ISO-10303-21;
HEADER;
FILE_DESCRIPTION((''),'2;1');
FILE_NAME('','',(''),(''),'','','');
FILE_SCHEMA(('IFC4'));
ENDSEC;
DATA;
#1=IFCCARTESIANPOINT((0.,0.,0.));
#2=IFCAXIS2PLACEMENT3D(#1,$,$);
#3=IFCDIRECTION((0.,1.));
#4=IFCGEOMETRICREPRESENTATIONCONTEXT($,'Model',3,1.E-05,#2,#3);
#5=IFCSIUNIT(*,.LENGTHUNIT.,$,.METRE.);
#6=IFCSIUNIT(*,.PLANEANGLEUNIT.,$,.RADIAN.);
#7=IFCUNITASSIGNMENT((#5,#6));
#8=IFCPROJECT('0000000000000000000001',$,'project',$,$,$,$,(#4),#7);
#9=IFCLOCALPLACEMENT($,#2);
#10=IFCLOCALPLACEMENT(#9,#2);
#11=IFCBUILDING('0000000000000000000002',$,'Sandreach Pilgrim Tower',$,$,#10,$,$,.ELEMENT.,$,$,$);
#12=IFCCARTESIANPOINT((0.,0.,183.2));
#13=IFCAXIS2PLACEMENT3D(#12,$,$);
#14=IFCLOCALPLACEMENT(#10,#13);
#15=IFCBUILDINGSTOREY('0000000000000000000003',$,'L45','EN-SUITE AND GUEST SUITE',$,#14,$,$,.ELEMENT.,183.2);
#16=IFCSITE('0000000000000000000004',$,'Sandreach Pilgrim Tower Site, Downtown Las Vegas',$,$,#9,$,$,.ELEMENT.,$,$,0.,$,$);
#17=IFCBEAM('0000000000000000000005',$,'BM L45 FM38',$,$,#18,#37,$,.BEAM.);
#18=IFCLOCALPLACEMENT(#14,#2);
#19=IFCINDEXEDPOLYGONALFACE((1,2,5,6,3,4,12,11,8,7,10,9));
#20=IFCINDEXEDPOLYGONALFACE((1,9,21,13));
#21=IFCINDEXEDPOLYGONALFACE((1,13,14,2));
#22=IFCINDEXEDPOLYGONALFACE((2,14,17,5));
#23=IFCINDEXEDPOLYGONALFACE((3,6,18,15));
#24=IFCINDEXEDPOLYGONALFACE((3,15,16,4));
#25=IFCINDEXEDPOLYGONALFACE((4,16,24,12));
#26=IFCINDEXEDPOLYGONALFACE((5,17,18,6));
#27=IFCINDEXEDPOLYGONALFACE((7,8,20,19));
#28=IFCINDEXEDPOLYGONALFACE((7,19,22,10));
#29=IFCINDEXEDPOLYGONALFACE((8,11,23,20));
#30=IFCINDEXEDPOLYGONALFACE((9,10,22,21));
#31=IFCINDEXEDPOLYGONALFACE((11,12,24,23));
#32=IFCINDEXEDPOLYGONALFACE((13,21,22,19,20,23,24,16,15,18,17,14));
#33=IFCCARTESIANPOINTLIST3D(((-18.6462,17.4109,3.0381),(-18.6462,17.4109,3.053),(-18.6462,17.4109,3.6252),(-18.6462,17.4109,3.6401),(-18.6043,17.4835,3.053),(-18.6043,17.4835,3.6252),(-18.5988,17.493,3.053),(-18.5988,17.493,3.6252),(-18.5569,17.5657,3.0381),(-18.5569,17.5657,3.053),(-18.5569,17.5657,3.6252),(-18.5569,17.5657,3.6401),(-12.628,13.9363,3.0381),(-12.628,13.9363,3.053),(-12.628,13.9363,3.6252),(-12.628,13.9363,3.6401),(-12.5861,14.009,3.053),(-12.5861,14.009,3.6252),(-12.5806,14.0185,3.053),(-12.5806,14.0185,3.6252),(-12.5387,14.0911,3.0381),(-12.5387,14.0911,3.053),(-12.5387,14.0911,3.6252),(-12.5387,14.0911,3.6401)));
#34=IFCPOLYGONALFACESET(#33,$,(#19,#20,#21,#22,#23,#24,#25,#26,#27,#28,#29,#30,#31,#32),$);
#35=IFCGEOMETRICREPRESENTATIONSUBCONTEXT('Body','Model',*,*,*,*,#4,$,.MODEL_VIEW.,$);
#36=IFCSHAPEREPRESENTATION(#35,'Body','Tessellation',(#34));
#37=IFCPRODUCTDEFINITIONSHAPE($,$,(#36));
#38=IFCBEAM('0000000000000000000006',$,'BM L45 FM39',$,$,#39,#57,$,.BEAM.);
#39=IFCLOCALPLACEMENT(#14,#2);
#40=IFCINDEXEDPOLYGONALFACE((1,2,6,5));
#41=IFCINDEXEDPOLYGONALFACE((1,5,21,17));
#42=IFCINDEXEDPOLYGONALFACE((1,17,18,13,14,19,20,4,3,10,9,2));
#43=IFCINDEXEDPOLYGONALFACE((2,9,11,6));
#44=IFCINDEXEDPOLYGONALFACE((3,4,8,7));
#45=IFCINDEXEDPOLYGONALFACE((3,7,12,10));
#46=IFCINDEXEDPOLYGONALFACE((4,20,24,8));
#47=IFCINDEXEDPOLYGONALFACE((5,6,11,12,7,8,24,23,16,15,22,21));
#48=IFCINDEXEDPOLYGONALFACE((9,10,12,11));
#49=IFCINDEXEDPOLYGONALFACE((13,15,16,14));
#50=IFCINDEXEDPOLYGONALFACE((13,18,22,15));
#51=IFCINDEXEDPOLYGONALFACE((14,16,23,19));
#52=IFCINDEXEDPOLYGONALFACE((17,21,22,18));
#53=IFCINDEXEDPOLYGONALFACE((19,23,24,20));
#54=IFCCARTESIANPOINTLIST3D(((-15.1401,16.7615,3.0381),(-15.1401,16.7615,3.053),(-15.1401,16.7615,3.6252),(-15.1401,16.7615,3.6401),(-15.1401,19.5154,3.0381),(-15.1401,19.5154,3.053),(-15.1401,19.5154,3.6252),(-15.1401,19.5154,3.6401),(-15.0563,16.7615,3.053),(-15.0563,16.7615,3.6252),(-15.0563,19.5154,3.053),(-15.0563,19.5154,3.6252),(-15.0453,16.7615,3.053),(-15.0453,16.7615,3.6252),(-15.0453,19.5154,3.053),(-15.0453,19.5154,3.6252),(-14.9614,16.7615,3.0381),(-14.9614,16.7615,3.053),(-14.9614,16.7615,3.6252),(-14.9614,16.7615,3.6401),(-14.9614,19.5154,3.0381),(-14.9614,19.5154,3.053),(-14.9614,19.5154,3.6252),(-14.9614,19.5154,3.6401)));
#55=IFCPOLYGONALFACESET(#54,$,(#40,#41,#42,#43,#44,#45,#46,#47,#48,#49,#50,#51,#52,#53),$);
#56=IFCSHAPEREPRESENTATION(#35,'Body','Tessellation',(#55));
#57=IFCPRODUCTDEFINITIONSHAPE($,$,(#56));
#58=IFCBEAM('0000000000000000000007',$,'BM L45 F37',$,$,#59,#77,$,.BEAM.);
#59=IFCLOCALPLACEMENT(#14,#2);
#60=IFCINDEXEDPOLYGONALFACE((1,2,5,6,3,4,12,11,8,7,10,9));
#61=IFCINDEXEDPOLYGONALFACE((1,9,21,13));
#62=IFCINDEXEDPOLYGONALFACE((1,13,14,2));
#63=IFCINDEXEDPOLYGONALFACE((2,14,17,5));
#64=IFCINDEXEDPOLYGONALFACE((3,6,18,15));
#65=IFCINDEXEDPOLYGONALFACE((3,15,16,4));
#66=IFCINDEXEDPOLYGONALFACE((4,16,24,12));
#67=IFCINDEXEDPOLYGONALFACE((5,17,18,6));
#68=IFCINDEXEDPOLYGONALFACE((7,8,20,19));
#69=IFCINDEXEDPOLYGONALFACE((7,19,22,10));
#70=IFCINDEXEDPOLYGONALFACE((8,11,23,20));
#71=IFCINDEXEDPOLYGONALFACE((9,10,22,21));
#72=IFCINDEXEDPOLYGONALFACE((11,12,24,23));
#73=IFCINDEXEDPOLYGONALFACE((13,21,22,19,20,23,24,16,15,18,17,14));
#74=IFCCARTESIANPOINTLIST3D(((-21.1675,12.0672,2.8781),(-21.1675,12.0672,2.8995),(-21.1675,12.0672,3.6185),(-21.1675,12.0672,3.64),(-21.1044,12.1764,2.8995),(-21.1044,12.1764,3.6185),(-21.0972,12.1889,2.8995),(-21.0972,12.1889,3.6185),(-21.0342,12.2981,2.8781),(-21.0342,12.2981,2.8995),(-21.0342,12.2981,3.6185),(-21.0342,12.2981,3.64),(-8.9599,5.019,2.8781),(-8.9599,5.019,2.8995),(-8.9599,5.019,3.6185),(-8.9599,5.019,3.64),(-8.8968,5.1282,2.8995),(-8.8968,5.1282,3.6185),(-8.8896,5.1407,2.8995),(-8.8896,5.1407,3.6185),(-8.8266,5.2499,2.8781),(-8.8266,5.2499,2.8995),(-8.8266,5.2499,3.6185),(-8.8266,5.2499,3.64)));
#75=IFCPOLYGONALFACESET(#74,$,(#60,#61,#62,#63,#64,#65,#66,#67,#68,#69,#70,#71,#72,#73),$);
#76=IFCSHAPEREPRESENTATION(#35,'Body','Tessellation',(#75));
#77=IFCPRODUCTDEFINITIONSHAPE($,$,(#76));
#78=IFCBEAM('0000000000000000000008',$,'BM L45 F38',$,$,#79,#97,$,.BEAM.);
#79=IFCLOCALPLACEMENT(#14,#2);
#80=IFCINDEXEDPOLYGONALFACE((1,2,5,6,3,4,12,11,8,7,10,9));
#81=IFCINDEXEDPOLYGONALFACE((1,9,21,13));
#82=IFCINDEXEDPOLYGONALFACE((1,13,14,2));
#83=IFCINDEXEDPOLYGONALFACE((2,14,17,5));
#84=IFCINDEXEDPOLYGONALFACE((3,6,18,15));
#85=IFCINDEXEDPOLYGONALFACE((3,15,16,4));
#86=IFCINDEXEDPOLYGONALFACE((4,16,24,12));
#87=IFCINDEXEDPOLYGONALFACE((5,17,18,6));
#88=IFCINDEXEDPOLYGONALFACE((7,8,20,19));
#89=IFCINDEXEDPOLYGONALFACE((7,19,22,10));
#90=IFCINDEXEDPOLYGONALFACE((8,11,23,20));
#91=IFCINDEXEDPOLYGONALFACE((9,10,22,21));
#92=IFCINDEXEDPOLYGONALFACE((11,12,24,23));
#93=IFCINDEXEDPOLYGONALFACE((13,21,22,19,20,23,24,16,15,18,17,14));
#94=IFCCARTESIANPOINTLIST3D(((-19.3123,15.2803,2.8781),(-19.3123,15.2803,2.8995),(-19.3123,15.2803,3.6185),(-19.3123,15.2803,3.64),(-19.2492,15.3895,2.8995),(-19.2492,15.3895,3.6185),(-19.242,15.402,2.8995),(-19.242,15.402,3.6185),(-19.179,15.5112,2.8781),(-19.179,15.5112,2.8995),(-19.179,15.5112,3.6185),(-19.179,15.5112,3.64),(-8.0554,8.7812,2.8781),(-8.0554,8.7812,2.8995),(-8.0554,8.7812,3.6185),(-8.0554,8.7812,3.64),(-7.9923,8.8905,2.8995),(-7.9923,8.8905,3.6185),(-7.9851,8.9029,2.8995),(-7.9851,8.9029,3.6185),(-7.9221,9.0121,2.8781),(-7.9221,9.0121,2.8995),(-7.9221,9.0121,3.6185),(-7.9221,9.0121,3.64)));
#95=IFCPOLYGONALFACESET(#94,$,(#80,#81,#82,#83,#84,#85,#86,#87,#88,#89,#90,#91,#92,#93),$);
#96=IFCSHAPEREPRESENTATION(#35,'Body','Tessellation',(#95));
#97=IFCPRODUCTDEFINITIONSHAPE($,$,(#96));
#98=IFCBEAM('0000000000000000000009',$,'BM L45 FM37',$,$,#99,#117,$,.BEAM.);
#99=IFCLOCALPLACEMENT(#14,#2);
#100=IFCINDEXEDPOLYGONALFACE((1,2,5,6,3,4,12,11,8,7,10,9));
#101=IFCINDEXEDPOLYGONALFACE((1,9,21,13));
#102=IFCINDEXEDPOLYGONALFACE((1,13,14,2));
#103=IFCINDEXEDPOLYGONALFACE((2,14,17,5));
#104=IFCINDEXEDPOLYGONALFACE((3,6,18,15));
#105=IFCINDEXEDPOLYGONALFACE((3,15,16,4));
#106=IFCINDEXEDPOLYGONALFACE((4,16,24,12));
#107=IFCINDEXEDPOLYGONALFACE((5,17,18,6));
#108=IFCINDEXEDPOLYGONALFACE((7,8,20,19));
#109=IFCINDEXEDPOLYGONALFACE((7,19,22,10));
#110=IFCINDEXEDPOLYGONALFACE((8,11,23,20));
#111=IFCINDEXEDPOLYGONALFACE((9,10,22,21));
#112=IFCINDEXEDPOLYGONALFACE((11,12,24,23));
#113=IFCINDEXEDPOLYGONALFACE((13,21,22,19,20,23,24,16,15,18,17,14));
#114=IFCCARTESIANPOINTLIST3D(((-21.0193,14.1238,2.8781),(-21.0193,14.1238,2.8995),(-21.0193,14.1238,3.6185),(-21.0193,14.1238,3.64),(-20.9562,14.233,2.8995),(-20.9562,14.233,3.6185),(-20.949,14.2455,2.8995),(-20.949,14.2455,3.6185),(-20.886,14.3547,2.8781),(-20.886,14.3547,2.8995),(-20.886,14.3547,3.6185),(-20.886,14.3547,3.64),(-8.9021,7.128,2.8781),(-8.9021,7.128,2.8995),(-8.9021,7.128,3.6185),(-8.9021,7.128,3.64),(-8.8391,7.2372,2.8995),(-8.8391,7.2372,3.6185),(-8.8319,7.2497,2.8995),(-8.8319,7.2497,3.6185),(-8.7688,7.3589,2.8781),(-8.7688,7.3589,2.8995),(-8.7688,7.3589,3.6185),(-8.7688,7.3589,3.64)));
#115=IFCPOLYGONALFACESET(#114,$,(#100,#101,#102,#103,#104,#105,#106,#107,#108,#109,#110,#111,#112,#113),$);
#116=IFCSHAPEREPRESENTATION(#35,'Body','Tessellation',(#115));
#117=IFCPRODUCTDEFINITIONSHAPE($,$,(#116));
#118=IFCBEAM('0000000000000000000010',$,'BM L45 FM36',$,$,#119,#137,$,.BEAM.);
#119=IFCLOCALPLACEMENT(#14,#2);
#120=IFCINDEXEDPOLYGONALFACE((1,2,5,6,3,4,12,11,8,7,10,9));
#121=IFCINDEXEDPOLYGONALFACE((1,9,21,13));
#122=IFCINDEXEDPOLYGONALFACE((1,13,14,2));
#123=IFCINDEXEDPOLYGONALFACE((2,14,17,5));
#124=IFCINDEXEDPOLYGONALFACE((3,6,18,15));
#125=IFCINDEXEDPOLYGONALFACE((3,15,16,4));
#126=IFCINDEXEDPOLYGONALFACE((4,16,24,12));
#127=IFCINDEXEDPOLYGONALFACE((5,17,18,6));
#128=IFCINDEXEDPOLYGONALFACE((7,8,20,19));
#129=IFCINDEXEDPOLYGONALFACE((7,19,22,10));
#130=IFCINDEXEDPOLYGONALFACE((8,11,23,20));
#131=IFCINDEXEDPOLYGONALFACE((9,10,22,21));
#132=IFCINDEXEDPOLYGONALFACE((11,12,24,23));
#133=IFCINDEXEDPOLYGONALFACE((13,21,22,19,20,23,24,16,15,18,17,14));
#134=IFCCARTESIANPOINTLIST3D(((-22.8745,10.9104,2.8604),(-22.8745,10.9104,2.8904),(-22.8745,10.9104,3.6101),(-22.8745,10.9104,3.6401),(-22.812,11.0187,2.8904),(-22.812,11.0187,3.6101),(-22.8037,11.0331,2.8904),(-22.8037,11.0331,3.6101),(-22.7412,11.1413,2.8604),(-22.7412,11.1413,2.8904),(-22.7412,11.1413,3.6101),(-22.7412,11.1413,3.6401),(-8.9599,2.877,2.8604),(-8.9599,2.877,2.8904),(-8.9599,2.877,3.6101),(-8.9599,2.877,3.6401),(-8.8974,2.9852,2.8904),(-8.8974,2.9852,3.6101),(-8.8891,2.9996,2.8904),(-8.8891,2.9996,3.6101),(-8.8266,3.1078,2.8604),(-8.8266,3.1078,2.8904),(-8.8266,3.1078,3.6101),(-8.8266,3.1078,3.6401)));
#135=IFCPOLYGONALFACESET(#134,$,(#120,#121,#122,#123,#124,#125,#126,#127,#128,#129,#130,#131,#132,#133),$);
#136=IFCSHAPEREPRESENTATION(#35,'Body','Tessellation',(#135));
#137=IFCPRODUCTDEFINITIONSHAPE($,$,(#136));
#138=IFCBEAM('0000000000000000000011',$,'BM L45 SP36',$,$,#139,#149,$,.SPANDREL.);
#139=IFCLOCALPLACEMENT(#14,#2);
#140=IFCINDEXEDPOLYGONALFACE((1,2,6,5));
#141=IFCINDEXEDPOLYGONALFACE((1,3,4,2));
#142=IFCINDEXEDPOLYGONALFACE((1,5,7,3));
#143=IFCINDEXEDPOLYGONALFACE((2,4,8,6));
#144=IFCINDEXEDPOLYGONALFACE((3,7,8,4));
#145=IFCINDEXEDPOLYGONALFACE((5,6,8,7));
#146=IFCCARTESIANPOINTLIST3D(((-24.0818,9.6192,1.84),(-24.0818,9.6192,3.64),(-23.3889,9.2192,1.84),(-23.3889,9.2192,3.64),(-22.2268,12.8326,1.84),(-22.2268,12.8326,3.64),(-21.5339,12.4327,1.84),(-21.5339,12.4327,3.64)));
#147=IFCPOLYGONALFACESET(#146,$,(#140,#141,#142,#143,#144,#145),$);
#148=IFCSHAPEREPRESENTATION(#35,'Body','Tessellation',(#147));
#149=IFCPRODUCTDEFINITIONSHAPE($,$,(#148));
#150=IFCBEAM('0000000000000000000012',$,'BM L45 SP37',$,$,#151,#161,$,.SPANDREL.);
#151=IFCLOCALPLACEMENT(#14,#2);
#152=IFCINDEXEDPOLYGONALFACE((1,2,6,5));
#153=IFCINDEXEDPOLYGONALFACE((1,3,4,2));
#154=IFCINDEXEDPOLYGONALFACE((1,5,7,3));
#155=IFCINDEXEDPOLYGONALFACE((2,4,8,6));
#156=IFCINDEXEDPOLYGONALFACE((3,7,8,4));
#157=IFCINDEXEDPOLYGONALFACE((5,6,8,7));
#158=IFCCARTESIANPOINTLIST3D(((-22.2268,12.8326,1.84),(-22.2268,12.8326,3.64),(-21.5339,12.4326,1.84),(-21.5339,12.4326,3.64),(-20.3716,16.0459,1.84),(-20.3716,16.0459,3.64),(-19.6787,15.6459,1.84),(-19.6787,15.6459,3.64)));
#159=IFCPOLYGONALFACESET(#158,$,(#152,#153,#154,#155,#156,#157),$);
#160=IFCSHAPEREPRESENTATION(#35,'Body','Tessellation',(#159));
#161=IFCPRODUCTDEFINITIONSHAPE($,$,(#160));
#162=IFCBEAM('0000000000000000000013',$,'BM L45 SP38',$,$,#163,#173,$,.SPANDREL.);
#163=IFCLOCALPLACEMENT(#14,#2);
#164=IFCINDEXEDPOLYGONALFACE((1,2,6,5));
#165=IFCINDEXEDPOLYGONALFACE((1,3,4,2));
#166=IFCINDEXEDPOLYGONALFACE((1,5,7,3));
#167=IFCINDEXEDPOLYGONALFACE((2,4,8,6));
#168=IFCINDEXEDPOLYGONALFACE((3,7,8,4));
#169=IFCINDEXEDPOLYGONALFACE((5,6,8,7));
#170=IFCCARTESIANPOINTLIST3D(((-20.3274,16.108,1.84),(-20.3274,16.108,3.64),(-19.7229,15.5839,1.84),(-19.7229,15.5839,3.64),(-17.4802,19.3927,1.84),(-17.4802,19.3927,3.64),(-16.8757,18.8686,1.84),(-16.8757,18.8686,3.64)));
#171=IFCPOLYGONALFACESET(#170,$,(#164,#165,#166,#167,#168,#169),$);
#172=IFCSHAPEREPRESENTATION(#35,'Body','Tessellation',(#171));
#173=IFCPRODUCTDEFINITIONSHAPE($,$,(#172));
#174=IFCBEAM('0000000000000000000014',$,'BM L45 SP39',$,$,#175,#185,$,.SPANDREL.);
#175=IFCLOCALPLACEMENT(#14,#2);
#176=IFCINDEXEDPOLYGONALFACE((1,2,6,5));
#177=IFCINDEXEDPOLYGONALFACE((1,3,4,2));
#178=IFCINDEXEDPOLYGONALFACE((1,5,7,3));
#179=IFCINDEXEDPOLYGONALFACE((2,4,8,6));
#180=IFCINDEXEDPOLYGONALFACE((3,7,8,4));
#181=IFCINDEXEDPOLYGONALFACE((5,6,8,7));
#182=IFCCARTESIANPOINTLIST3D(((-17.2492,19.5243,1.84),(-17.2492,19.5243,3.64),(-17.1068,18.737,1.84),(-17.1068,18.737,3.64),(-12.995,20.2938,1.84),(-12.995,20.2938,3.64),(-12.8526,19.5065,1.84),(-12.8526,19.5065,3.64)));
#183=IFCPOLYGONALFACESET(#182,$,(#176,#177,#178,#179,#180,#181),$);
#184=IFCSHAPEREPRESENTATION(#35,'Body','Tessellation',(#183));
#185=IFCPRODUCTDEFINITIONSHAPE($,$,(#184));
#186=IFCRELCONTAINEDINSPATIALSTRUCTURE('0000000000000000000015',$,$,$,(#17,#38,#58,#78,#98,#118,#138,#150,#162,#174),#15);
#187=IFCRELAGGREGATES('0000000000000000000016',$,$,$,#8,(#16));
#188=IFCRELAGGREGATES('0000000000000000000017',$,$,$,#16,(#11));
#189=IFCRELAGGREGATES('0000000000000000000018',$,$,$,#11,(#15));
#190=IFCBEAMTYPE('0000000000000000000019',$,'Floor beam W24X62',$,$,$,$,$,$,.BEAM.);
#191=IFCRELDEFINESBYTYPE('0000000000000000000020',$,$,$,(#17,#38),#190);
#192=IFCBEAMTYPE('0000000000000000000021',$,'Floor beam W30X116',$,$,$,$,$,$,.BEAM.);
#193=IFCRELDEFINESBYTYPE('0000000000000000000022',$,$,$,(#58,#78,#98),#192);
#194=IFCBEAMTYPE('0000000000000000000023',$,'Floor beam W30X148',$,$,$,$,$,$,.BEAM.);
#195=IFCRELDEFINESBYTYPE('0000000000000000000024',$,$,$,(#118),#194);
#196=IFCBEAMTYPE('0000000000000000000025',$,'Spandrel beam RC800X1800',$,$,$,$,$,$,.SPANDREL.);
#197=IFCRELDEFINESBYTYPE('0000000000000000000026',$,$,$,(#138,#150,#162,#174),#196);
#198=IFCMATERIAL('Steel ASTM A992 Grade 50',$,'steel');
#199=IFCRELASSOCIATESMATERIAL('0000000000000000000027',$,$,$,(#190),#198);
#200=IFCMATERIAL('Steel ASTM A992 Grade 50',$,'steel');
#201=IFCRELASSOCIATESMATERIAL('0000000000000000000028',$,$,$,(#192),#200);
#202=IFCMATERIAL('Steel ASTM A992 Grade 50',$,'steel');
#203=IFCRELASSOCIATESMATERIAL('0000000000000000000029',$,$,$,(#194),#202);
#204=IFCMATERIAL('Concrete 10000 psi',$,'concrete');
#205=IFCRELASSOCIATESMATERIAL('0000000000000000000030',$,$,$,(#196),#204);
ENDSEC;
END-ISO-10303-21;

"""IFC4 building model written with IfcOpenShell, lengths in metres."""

from ifc_helpers import new_model, si_unit, direction, frame, origin, origin_2d, place, context, subcontext, project, spatial, rectangle, i_section, extrude, material, material_profile, profile_set, type_object, element, save


model = new_model("IFC4")

# Units and contexts
model_context = context("Model", 3, precision=1e-05, world=origin(), true_north=direction((0.0, 1.0)))
body_context = subcontext(model_context, "Body", "Model", "MODEL_VIEW")
ifc_project = project(units=[si_unit("LENGTHUNIT", "METRE"), si_unit("PLANEANGLEUNIT", "RADIAN")], contexts=[model_context])

# Site, building, storey
site_placement = place(None, origin())
site = spatial("IfcSite", under=ifc_project, at=site_placement, Name="Sandreach Pilgrim Tower Site, Downtown Las Vegas", CompositionType="ELEMENT", RefElevation=0.0)
building_placement = place(site_placement, origin())
building = spatial("IfcBuilding", under=site, at=building_placement, Name="Sandreach Pilgrim Tower", CompositionType="ELEMENT")
storey_placement = place(building_placement, frame((0.0, 0.0, 183.2)))
storey = spatial("IfcBuildingStorey", under=building, at=storey_placement, Name="L45", Description="EN-SUITE AND GUEST SUITE", CompositionType="ELEMENT", Elevation=183.2)

# Beams
ifc_material_1 = material(Name="Steel ASTM A992 Grade 50", Category="steel")
ifc_material_profile_1 = material_profile(ifc_material_1, i_section(OverallWidth=0.1787, OverallDepth=0.6021, WebThickness=0.011, FlangeThickness=0.0149, at=origin_2d()), Name="W24X62")
ifc_profile_set_1 = profile_set([ifc_material_profile_1], Name="Steel ASTM A992 Grade 50")
beam_type_1 = type_object("IfcBeamType", Name="Floor beam W24X62", PredefinedType="BEAM", material=ifc_profile_set_1)
beam_1_placement = place(storey_placement, frame((-18.6016, 17.4883, 3.3391), z_axis=(0.866029, -0.499993, 0.0), x_axis=(0.499993, 0.866029, 0.0)))
element("IfcBeam", 1, at=beam_1_placement, inside=storey, type_object=beam_type_1, Name="BM L45 FM38", PredefinedType="BEAM", context=body_context, shape_type="SweptSolid", body=[
    extrude(i_section(OverallWidth=0.1787, OverallDepth=0.6021, WebThickness=0.011, FlangeThickness=0.0149, at=origin_2d()), origin(), (0.0, 0.0, 1.0), 6.9492),
])
beam_2_placement = place(storey_placement, frame((-15.0508, 19.5154, 3.3391), z_axis=(0.0, -1.0, 0.0), x_axis=(1.0, 0.0, 0.0)))
element("IfcBeam", 2, at=beam_2_placement, inside=storey, type_object=beam_type_1, Name="BM L45 FM39", PredefinedType="BEAM", context=body_context, shape_type="SweptSolid", body=[
    extrude(i_section(OverallWidth=0.1787, OverallDepth=0.6021, WebThickness=0.011, FlangeThickness=0.0149, at=origin_2d()), origin(), (0.0, 0.0, 1.0), 2.7539),
])
ifc_material_2 = material(Name="Steel ASTM A992 Grade 50", Category="steel")
ifc_material_profile_2 = material_profile(ifc_material_2, i_section(OverallWidth=0.2666, OverallDepth=0.762, WebThickness=0.0144, FlangeThickness=0.0215, at=origin_2d()), Name="W30X116")
ifc_profile_set_2 = profile_set([ifc_material_profile_2], Name="Steel ASTM A992 Grade 50")
beam_type_2 = type_object("IfcBeamType", Name="Floor beam W30X116", PredefinedType="BEAM", material=ifc_profile_set_2)
beam_3_placement = place(storey_placement, frame((-21.1008, 12.1826, 3.259), z_axis=(0.866023, -0.500004, 0.0), x_axis=(0.500004, 0.866023, 0.0)))
element("IfcBeam", 3, at=beam_3_placement, inside=storey, type_object=beam_type_2, Name="BM L45 F37", PredefinedType="BEAM", context=body_context, shape_type="SweptSolid", body=[
    extrude(i_section(OverallWidth=0.2666, OverallDepth=0.762, WebThickness=0.0144, FlangeThickness=0.0215, at=origin_2d()), origin(), (0.0, 0.0, 1.0), 14.0962),
])
beam_4_placement = place(storey_placement, frame((-19.2456, 15.3958, 3.259), z_axis=(0.866029, -0.499993, 0.0), x_axis=(0.499993, 0.866029, 0.0)))
element("IfcBeam", 4, at=beam_4_placement, inside=storey, type_object=beam_type_2, Name="BM L45 F38", PredefinedType="BEAM", context=body_context, shape_type="SweptSolid", body=[
    extrude(i_section(OverallWidth=0.2666, OverallDepth=0.762, WebThickness=0.0144, FlangeThickness=0.0215, at=origin_2d()), origin(), (0.0, 0.0, 1.0), 12.9983),
])
beam_5_placement = place(storey_placement, frame((-20.9526, 14.2393, 3.259), z_axis=(0.866026, -0.499999, 0.0), x_axis=(0.499999, 0.866026, 0.0)))
element("IfcBeam", 5, at=beam_5_placement, inside=storey, type_object=beam_type_2, Name="BM L45 FM37", PredefinedType="BEAM", context=body_context, shape_type="SweptSolid", body=[
    extrude(i_section(OverallWidth=0.2666, OverallDepth=0.762, WebThickness=0.0144, FlangeThickness=0.0215, at=origin_2d()), origin(), (0.0, 0.0, 1.0), 13.9917),
])
ifc_material_3 = material(Name="Steel ASTM A992 Grade 50", Category="steel")
ifc_material_profile_3 = material_profile(ifc_material_3, i_section(OverallWidth=0.2666, OverallDepth=0.7798, WebThickness=0.0166, FlangeThickness=0.03, at=origin_2d()), Name="W30X148")
ifc_profile_set_3 = profile_set([ifc_material_profile_3], Name="Steel ASTM A992 Grade 50")
beam_type_3 = type_object("IfcBeamType", Name="Floor beam W30X148", PredefinedType="BEAM", material=ifc_profile_set_3)
beam_6_placement = place(storey_placement, frame((-22.8079, 11.0259, 3.2502), z_axis=(0.866029, -0.499994, 0.0), x_axis=(0.499994, 0.866029, 0.0)))
element("IfcBeam", 6, at=beam_6_placement, inside=storey, type_object=beam_type_3, Name="BM L45 FM36", PredefinedType="BEAM", context=body_context, shape_type="SweptSolid", body=[
    extrude(i_section(OverallWidth=0.2666, OverallDepth=0.7798, WebThickness=0.0166, FlangeThickness=0.03, at=origin_2d()), origin(), (0.0, 0.0, 1.0), 16.0671),
])
ifc_material_4 = material(Name="Concrete 10000 psi", Category="concrete")
ifc_material_profile_4 = material_profile(ifc_material_4, rectangle(XDim=0.8, YDim=1.8, at=origin_2d()), Name="RC800X1800")
ifc_profile_set_4 = profile_set([ifc_material_profile_4], Name="Concrete 10000 psi")
beam_type_4 = type_object("IfcBeamType", Name="Spandrel beam RC800X1800", PredefinedType="SPANDREL", material=ifc_profile_set_4)
for number, where, z_axis, x_axis, name in (
    (7, (-23.7354, 9.4192, 2.74), (0.499946, 0.866056, 0.0), (-0.866056, 0.499946, 0.0), "BM L45 SP36"),
    (8, (-21.8804, 12.6326, 2.74), (0.499996, 0.866028, 0.0), (-0.866028, 0.499996, 0.0), "BM L45 SP37"),
):
    element("IfcBeam", number, at=place(storey_placement, frame(where, z_axis=z_axis, x_axis=x_axis)), inside=storey, type_object=beam_type_4, Name=name, PredefinedType="SPANDREL", context=body_context, shape_type="SweptSolid", body=[
        extrude(rectangle(XDim=0.8, YDim=1.8, at=origin_2d()), origin(), (0.0, 0.0, 1.0), 3.7104),
    ])
beam_7_placement = place(storey_placement, frame((-20.0251, 15.8459, 2.74), z_axis=(0.65499, 0.755637, 0.0), x_axis=(-0.755637, 0.65499, 0.0)))
element("IfcBeam", 9, at=beam_7_placement, inside=storey, type_object=beam_type_4, Name="BM L45 SP38", PredefinedType="SPANDREL", context=body_context, shape_type="SweptSolid", body=[
    extrude(rectangle(XDim=0.8, YDim=1.8, at=origin_2d()), origin(), (0.0, 0.0, 1.0), 4.3469),
])
beam_8_placement = place(storey_placement, frame((-17.178, 19.1306, 2.74), z_axis=(0.98403, 0.178001, 0.0), x_axis=(-0.178001, 0.98403, 0.0)))
element("IfcBeam", 10, at=beam_8_placement, inside=storey, type_object=beam_type_4, Name="BM L45 SP39", PredefinedType="SPANDREL", context=body_context, shape_type="SweptSolid", body=[
    extrude(rectangle(XDim=0.8, YDim=1.8, at=origin_2d()), origin(), (0.0, 0.0, 1.0), 4.3232),
])

save(model, "model.ifc")
